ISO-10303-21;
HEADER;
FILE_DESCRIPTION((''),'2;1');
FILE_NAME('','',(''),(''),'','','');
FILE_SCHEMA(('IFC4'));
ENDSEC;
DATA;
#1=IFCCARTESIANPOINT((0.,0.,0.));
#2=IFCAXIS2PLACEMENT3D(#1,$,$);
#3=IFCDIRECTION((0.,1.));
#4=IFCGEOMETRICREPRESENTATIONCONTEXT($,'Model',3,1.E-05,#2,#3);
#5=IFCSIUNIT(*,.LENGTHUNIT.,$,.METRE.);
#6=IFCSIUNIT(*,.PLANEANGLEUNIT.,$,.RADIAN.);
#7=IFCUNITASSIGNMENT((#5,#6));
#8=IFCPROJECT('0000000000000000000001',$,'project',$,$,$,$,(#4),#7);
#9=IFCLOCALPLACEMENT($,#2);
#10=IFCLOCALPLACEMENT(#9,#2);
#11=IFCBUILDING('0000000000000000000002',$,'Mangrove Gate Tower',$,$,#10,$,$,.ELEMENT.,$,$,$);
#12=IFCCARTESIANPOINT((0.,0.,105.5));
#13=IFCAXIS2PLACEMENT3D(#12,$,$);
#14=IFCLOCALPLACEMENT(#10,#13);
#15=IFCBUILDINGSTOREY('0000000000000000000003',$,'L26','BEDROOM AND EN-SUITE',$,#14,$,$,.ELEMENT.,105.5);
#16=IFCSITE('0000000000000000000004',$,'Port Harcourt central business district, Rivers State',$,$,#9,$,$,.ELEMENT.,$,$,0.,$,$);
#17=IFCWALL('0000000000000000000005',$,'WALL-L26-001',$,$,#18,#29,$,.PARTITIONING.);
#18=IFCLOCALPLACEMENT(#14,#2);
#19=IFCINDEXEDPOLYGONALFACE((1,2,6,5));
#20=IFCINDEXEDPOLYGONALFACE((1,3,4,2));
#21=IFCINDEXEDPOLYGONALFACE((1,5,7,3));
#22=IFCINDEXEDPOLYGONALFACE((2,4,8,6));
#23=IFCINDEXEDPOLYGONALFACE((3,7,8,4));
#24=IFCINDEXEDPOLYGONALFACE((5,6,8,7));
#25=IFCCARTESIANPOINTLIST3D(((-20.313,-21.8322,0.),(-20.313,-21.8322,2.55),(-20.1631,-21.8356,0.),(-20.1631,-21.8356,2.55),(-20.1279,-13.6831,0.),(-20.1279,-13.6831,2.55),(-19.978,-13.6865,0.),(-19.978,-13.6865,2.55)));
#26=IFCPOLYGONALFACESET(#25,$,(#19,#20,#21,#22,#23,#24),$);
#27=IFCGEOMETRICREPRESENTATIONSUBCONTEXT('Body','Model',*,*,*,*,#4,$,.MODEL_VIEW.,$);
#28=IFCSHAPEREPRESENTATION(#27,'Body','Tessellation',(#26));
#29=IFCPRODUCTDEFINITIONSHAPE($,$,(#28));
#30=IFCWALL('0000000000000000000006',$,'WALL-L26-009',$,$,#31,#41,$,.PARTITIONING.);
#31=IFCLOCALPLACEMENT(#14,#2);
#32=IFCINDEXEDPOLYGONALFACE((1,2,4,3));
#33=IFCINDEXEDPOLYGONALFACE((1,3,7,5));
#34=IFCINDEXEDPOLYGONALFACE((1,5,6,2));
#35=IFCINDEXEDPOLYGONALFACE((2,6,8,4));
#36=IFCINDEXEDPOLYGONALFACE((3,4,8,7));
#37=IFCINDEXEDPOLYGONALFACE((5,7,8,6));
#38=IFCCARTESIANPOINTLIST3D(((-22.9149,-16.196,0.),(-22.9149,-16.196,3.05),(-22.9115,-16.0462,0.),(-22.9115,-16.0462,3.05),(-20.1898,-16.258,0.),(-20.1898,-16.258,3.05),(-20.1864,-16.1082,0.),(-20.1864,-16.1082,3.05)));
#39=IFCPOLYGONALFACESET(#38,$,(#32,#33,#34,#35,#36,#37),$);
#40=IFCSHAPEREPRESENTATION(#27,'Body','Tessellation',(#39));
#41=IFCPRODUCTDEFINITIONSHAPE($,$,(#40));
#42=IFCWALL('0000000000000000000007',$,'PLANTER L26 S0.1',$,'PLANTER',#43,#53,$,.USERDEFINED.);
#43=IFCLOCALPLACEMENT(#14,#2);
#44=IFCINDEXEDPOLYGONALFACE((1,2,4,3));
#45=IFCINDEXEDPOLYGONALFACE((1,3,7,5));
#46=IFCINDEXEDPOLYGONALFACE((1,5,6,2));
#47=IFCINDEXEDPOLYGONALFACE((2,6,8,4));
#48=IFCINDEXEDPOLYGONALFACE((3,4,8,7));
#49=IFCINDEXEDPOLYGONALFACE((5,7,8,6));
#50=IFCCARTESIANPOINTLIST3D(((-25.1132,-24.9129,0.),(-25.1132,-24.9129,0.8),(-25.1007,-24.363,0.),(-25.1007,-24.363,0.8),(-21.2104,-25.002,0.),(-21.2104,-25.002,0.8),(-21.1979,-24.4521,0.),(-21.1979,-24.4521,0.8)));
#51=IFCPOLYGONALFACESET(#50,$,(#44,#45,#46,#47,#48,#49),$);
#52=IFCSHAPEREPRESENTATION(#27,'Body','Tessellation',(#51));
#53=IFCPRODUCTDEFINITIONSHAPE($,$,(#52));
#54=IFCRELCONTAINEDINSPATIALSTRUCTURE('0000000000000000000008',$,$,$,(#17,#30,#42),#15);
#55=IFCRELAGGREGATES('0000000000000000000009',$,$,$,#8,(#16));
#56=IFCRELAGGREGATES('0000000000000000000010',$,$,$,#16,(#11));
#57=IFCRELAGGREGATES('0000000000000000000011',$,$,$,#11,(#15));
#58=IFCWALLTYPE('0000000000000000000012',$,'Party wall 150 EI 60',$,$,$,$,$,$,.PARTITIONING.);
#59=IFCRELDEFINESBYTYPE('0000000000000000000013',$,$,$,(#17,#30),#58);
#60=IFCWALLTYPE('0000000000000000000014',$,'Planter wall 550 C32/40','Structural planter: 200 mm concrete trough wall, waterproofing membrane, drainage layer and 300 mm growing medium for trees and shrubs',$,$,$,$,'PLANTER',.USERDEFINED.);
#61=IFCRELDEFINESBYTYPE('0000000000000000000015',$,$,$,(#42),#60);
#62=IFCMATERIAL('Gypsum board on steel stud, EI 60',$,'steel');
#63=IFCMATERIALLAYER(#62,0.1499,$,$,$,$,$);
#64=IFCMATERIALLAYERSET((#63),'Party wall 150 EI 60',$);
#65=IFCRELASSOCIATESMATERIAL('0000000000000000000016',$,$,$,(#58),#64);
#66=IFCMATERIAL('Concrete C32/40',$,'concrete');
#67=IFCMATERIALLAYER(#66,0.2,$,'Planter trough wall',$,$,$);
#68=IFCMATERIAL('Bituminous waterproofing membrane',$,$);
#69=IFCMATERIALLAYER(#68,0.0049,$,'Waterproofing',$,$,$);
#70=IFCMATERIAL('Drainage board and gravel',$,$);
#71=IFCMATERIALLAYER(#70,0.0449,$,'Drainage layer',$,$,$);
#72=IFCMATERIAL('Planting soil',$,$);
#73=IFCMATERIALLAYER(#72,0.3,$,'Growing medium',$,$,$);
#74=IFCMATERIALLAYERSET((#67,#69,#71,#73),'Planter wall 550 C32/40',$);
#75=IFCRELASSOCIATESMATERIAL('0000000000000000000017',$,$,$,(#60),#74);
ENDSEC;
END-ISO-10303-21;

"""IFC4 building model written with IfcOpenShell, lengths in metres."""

from ifc_helpers import new_model, si_unit, direction, frame, frame_2d, origin, place, context, subcontext, project, spatial, rectangle, extrude, material, layer, layer_set, type_object, element, save


model = new_model("IFC4")

# Units and contexts
model_context = context("Model", 3, precision=1e-05, world=origin(), true_north=direction((0.0, 1.0)))
body_context = subcontext(model_context, "Body", "Model", "MODEL_VIEW")
ifc_project = project(units=[si_unit("LENGTHUNIT", "METRE"), si_unit("PLANEANGLEUNIT", "RADIAN")], contexts=[model_context])

# Site, building, storey
site_placement = place(None, origin())
site = spatial("IfcSite", under=ifc_project, at=site_placement, Name="Port Harcourt central business district, Rivers State", CompositionType="ELEMENT", RefElevation=0.0)
building_placement = place(site_placement, origin())
building = spatial("IfcBuilding", under=site, at=building_placement, Name="Mangrove Gate Tower", CompositionType="ELEMENT")
storey_placement = place(building_placement, frame((0.0, 0.0, 105.5)))
storey = spatial("IfcBuildingStorey", under=building, at=storey_placement, Name="L26", Description="BEDROOM AND EN-SUITE", CompositionType="ELEMENT", Elevation=105.5)

# Walls
ifc_material_1 = material(Name="Gypsum board on steel stud, EI 60", Category="steel")
ifc_layer_1 = layer(ifc_material_1, 0.1499)
ifc_layer_set_1 = layer_set([ifc_layer_1], Name="Party wall 150 EI 60")
wall_type_1 = type_object("IfcWallType", Name="Party wall 150 EI 60", PredefinedType="PARTITIONING", material=ifc_layer_set_1)
wall_1_placement = place(storey_placement, frame((-20.238, -21.834, 0.0), z_axis=(0.0, 0.0, 1.0), x_axis=(0.022704, 0.999742, 0.0)))
element("IfcWall", 1, at=wall_1_placement, inside=storey, type_object=wall_type_1, Name="WALL-L26-001", PredefinedType="PARTITIONING", context=body_context, shape_type="SweptSolid", body=[
    extrude(rectangle(XDim=8.1511, YDim=0.1499, at=frame_2d((4.0757, 0.0))), origin(), (0.0, 0.0, 1.0), 2.55),
])
wall_2_placement = place(storey_placement, frame((-22.9131, -16.1211, 0.0), z_axis=(0.0, 0.0, 1.0), x_axis=(0.999741, -0.02275, 0.0)))
element("IfcWall", 2, at=wall_2_placement, inside=storey, type_object=wall_type_1, Name="WALL-L26-009", PredefinedType="PARTITIONING", context=body_context, shape_type="SweptSolid", body=[
    extrude(rectangle(XDim=2.7258, YDim=0.1499, at=frame_2d((1.3628, 0.0))), origin(), (0.0, 0.0, 1.0), 3.05),
])
ifc_material_2 = material(Name="Concrete C32/40", Category="concrete")
ifc_layer_2 = layer(ifc_material_2, 0.2, Name="Planter trough wall")
ifc_material_3 = material(Name="Bituminous waterproofing membrane")
ifc_layer_3 = layer(ifc_material_3, 0.0049, Name="Waterproofing")
ifc_material_4 = material(Name="Drainage board and gravel")
ifc_layer_4 = layer(ifc_material_4, 0.0449, Name="Drainage layer")
ifc_material_5 = material(Name="Planting soil")
ifc_layer_5 = layer(ifc_material_5, 0.3, Name="Growing medium")
ifc_layer_set_2 = layer_set([ifc_layer_2, ifc_layer_3, ifc_layer_4, ifc_layer_5], Name="Planter wall 550 C32/40")
wall_type_2 = type_object("IfcWallType", Name="Planter wall 550 C32/40", Description="Structural planter: 200 mm concrete trough wall, waterproofing membrane, drainage layer and 300 mm growing medium for trees and shrubs", ElementType="PLANTER", PredefinedType="USERDEFINED", material=ifc_layer_set_2)
wall_3_placement = place(storey_placement, frame((-25.1069, -24.6379, 0.0), z_axis=(0.0, 0.0, 1.0), x_axis=(0.999739, -0.022827, 0.0)))
element("IfcWall", 3, at=wall_3_placement, inside=storey, type_object=wall_type_2, Name="PLANTER L26 S0.1", ObjectType="PLANTER", PredefinedType="USERDEFINED", context=body_context, shape_type="SweptSolid", body=[
    extrude(rectangle(XDim=3.9038, YDim=0.55, at=frame_2d((1.9519, 0.0))), origin(), (0.0, 0.0, 1.0), 0.8),
])

save(model, "model.ifc")
